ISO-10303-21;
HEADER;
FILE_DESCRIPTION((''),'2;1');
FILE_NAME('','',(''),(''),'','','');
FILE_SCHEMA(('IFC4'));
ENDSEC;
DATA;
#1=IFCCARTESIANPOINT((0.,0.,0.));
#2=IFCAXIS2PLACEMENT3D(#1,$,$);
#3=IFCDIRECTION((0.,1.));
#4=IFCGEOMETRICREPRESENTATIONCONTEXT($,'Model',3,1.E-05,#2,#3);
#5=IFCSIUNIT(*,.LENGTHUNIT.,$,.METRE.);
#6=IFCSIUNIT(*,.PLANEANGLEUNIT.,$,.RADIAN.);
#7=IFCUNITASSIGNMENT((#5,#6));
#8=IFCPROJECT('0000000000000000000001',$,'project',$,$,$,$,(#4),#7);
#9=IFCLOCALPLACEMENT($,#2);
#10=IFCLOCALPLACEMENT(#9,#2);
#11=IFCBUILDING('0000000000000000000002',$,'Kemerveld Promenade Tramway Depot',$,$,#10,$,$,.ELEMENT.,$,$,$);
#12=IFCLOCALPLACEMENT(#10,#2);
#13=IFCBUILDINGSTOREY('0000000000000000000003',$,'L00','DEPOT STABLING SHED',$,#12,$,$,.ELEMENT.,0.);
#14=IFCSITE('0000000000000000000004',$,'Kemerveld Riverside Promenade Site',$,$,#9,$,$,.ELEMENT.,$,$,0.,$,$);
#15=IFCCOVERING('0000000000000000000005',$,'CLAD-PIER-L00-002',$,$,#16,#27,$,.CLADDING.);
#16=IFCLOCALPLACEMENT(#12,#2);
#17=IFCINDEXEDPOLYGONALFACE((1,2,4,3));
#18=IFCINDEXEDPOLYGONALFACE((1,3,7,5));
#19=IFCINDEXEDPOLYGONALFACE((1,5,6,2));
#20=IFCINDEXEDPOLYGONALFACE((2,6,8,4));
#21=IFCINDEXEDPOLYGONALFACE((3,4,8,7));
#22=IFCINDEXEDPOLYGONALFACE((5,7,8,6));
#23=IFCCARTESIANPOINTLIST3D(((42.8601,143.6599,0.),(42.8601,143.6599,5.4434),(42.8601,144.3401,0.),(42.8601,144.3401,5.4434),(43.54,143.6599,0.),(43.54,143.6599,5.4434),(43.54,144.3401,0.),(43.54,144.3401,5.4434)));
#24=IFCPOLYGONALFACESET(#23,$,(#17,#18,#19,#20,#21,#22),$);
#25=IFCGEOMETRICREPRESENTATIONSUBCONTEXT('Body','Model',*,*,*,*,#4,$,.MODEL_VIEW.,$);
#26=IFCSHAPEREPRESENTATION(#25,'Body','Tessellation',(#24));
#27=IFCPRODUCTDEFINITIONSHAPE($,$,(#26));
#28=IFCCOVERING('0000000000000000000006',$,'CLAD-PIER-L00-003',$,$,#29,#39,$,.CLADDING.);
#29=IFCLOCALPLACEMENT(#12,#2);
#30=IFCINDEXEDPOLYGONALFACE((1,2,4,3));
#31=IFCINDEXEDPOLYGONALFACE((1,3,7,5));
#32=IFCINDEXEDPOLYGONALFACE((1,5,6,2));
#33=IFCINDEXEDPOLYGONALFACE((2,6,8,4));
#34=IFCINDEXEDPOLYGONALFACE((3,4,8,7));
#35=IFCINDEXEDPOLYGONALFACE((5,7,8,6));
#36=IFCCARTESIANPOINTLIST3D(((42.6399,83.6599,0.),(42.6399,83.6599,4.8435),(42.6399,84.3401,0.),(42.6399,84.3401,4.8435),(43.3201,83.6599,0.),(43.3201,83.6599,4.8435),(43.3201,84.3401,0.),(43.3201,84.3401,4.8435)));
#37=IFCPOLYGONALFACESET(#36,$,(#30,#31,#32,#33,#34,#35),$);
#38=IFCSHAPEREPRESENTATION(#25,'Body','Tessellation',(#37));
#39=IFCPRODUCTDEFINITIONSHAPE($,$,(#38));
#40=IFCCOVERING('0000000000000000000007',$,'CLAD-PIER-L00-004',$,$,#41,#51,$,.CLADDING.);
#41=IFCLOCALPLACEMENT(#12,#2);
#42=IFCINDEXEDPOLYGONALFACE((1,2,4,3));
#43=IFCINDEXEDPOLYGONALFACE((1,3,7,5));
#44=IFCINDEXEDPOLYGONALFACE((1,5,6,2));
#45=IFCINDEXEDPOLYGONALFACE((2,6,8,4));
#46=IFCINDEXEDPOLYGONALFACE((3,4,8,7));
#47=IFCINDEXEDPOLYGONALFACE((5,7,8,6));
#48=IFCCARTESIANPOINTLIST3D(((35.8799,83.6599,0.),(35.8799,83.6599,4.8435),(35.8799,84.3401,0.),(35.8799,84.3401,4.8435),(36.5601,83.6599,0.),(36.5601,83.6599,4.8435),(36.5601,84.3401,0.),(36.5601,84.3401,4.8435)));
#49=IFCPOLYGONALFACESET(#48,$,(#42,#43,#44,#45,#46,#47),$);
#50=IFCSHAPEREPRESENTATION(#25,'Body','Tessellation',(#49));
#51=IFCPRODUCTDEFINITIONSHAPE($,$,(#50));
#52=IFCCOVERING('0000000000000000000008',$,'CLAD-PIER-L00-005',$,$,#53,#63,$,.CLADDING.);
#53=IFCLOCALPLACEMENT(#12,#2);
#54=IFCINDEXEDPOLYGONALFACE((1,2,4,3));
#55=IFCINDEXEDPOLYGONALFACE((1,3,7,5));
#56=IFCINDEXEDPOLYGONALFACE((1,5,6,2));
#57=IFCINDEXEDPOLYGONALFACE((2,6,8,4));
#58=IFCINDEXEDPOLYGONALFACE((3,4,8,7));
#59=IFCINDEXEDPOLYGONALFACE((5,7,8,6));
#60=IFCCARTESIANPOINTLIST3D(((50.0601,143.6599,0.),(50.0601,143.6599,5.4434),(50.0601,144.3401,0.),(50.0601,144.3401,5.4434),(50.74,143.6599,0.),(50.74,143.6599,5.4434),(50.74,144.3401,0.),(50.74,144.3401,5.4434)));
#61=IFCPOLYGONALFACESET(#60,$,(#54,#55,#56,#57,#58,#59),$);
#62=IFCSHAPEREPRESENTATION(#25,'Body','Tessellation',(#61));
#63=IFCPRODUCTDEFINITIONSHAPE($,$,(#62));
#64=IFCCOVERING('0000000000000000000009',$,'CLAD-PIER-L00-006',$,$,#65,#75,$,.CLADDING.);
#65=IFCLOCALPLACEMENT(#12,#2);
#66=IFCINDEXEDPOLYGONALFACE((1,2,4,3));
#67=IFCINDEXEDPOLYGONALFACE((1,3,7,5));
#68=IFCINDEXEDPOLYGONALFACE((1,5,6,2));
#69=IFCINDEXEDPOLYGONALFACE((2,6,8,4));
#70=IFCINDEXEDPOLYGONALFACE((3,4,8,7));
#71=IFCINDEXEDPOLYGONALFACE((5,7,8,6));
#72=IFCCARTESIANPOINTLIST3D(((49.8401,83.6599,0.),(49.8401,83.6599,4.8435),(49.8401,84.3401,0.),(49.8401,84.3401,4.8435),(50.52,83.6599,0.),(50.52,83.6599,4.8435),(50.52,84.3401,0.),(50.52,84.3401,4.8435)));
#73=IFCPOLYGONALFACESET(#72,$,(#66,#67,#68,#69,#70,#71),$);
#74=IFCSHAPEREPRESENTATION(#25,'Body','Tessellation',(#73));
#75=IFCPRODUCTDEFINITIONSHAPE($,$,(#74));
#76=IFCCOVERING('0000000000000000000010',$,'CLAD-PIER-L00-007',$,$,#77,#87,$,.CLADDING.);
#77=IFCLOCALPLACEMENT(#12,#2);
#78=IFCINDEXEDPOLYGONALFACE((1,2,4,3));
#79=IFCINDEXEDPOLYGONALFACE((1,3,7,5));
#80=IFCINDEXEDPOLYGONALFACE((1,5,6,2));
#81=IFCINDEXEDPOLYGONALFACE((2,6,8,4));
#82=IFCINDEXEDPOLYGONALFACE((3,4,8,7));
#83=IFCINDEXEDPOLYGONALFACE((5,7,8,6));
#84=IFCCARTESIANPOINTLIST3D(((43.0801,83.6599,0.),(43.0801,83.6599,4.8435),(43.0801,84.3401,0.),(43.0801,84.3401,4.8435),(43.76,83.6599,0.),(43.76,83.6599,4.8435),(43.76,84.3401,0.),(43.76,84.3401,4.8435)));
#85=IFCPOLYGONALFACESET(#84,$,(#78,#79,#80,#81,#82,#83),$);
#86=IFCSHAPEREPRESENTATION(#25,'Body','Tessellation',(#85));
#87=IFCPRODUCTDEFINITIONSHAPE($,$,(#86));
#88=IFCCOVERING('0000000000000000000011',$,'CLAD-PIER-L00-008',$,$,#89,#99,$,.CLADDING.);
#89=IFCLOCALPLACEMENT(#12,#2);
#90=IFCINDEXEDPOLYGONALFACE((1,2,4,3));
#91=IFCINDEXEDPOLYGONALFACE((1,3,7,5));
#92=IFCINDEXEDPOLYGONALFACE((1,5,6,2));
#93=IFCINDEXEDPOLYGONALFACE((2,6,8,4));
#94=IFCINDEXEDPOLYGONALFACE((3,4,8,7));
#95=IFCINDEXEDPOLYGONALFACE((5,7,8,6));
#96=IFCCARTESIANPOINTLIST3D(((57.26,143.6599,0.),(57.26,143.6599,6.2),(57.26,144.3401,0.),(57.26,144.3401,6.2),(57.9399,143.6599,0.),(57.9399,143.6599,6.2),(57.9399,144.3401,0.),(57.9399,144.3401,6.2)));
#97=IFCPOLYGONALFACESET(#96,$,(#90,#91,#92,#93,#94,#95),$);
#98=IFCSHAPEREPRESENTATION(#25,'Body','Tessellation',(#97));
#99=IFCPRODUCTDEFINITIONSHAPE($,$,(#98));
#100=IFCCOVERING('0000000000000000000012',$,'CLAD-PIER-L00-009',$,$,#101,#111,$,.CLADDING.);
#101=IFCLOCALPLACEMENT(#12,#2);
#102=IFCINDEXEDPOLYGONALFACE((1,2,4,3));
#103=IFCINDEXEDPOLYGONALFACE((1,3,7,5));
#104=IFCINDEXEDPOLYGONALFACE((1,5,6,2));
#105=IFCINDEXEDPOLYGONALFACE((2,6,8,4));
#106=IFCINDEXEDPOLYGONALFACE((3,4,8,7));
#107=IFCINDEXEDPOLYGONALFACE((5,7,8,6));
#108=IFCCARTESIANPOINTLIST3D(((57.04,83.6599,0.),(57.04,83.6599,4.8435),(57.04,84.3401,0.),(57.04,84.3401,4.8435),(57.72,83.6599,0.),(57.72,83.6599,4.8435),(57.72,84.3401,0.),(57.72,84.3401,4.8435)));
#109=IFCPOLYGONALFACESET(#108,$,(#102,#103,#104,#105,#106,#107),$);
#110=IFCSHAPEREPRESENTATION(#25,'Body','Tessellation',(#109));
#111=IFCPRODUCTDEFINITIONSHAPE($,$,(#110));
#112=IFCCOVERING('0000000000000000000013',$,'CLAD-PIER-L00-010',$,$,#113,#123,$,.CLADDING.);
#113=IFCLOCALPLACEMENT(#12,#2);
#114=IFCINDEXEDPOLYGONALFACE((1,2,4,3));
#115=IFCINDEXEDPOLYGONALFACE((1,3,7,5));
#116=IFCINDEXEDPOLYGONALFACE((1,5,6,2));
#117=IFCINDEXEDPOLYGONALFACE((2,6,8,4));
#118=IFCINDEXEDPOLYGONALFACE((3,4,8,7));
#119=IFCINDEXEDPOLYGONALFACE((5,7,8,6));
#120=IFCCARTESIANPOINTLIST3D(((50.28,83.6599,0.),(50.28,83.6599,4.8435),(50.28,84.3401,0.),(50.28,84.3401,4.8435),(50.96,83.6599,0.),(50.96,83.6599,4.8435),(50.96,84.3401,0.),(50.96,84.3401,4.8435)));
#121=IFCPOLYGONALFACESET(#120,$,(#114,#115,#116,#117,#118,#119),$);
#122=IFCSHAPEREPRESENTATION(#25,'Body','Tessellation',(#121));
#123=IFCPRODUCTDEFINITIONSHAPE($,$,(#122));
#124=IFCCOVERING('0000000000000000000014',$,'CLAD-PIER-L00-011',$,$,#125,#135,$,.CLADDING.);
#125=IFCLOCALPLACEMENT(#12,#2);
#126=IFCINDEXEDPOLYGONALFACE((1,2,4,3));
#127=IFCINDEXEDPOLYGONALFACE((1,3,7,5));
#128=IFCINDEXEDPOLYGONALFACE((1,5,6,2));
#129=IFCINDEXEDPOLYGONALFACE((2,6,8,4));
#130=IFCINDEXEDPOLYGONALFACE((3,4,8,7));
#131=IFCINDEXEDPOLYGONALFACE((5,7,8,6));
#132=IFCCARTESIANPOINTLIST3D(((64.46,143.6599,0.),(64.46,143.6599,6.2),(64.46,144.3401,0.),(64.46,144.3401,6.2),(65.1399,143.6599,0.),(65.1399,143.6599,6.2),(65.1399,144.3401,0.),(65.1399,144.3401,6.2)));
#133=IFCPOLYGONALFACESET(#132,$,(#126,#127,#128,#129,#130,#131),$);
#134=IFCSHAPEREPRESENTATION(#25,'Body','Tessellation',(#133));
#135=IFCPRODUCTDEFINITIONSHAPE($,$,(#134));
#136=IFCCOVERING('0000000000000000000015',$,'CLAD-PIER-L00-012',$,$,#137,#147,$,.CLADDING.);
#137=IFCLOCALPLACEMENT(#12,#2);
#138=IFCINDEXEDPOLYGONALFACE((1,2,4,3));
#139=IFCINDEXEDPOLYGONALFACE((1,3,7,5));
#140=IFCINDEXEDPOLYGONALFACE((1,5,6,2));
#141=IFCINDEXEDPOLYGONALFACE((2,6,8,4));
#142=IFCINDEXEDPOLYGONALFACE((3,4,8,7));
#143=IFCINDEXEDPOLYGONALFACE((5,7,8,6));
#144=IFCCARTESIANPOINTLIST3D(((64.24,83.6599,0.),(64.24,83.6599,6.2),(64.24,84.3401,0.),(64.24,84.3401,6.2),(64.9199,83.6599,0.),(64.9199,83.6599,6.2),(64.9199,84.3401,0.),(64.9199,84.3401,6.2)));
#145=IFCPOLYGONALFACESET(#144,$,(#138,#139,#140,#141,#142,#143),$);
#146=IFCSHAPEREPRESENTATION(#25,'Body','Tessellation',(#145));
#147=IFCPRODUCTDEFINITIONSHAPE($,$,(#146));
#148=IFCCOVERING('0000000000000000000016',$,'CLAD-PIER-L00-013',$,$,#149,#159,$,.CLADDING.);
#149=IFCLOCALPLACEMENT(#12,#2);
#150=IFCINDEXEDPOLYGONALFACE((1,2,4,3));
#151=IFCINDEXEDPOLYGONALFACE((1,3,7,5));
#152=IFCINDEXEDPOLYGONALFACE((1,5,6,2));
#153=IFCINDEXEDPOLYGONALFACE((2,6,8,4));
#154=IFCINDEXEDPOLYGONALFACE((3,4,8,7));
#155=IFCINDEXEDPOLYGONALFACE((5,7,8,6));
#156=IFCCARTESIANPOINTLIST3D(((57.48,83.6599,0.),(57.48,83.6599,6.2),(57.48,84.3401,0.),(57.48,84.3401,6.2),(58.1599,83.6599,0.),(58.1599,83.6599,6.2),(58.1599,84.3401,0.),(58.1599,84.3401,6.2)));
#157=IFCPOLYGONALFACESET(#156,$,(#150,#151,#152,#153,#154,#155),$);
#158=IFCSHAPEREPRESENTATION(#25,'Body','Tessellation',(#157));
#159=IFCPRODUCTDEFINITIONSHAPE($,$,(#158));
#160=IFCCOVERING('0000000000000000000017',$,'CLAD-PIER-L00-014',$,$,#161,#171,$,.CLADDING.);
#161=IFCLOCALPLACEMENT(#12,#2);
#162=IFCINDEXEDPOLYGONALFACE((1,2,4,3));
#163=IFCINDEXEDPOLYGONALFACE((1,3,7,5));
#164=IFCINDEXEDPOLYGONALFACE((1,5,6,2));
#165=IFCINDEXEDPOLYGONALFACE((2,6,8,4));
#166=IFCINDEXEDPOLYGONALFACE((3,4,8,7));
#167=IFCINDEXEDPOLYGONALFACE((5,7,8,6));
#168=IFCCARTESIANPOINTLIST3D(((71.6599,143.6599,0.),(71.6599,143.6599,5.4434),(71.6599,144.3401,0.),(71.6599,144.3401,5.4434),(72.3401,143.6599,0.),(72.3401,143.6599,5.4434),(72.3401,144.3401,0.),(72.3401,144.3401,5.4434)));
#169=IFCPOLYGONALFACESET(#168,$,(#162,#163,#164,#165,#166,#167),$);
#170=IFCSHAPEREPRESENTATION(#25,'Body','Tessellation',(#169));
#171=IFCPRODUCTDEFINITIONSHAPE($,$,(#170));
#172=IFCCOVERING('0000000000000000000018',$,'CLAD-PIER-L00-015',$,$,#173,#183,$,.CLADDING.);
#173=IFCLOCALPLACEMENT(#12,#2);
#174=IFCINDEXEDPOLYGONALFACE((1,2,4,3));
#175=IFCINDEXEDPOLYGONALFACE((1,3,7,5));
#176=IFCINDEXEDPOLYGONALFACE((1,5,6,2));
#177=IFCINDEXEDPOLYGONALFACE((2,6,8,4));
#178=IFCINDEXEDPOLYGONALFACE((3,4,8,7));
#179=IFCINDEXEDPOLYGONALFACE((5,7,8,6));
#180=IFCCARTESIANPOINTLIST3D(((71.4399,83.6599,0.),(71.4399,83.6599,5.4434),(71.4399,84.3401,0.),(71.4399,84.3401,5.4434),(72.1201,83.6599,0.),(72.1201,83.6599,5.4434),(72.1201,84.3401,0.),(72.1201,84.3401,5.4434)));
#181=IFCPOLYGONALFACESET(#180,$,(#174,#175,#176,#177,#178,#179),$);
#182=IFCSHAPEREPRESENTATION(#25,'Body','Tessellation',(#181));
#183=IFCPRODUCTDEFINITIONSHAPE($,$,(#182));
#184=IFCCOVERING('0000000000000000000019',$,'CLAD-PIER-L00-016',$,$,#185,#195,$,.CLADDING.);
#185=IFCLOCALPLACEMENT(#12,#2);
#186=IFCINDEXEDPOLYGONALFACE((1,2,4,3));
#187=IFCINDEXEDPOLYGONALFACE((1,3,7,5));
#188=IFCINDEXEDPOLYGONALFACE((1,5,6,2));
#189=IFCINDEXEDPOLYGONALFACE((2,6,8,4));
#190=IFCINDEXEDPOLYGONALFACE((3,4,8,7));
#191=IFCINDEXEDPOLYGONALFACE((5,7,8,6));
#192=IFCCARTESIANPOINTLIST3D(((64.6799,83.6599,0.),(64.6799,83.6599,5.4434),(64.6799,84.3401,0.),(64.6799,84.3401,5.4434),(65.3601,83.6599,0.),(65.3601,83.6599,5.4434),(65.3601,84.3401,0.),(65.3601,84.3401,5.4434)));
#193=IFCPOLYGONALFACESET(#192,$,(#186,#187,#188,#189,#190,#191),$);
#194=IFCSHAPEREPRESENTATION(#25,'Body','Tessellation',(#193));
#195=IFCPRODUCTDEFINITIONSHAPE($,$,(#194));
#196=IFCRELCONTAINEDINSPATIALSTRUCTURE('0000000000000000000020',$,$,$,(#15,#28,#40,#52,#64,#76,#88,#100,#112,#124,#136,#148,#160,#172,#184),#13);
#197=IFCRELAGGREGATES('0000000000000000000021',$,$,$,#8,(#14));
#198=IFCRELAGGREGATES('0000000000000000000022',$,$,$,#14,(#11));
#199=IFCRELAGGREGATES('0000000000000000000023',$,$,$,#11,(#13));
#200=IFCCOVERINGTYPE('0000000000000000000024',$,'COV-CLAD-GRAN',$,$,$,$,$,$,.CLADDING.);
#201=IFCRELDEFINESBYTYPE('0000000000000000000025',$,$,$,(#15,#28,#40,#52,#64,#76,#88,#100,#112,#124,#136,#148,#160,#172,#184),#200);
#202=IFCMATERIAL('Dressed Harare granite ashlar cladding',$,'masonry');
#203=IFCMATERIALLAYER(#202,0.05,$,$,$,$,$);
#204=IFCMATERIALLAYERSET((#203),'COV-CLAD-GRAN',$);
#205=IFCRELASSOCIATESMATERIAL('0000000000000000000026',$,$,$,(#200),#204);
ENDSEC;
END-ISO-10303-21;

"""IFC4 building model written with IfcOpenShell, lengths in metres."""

from ifc_helpers import new_model, si_unit, direction, origin, place, context, subcontext, project, spatial, polyline, outline, extrude, material, layer, layer_set, type_object, element, save


model = new_model("IFC4")

# Units and contexts
model_context = context("Model", 3, precision=1e-05, world=origin(), true_north=direction((0.0, 1.0)))
body_context = subcontext(model_context, "Body", "Model", "MODEL_VIEW")
ifc_project = project(units=[si_unit("LENGTHUNIT", "METRE"), si_unit("PLANEANGLEUNIT", "RADIAN")], contexts=[model_context])

# Site, building, storey
site_placement = place(None, origin())
site = spatial("IfcSite", under=ifc_project, at=site_placement, Name="Kemerveld Riverside Promenade Site", CompositionType="ELEMENT", RefElevation=0.0)
building_placement = place(site_placement, origin())
building = spatial("IfcBuilding", under=site, at=building_placement, Name="Kemerveld Promenade Tramway Depot", CompositionType="ELEMENT")
storey_placement = place(building_placement, origin())
storey = spatial("IfcBuildingStorey", under=building, at=storey_placement, Name="L00", Description="DEPOT STABLING SHED", CompositionType="ELEMENT", Elevation=0.0)

# Coverings
ifc_material_1 = material(Name="Dressed Harare granite ashlar cladding", Category="masonry")
ifc_layer_1 = layer(ifc_material_1, 0.05)
ifc_layer_set_1 = layer_set([ifc_layer_1], Name="COV-CLAD-GRAN")
covering_type = type_object("IfcCoveringType", Name="COV-CLAD-GRAN", PredefinedType="CLADDING", material=ifc_layer_set_1)
covering_1_placement = place(storey_placement, origin())
element("IfcCovering", 1, at=covering_1_placement, inside=storey, type_object=covering_type, Name="CLAD-PIER-L00-002", PredefinedType="CLADDING", context=body_context, shape_type="SweptSolid", body=[
    extrude(outline(polyline([(42.8601, 143.6599), (43.54, 143.6599), (43.54, 144.3401), (42.8601, 144.3401), (42.8601, 143.6599)])), origin(), (0.0, 0.0, 1.0), 5.4434),
])
covering_2_placement = place(storey_placement, origin())
element("IfcCovering", 2, at=covering_2_placement, inside=storey, type_object=covering_type, Name="CLAD-PIER-L00-003", PredefinedType="CLADDING", context=body_context, shape_type="SweptSolid", body=[
    extrude(outline(polyline([(42.6399, 83.6599), (43.3201, 83.6599), (43.3201, 84.3401), (42.6399, 84.3401), (42.6399, 83.6599)])), origin(), (0.0, 0.0, 1.0), 4.8435),
])
covering_3_placement = place(storey_placement, origin())
element("IfcCovering", 3, at=covering_3_placement, inside=storey, type_object=covering_type, Name="CLAD-PIER-L00-004", PredefinedType="CLADDING", context=body_context, shape_type="SweptSolid", body=[
    extrude(outline(polyline([(35.8799, 83.6599), (36.5601, 83.6599), (36.5601, 84.3401), (35.8799, 84.3401), (35.8799, 83.6599)])), origin(), (0.0, 0.0, 1.0), 4.8435),
])
covering_4_placement = place(storey_placement, origin())
element("IfcCovering", 4, at=covering_4_placement, inside=storey, type_object=covering_type, Name="CLAD-PIER-L00-005", PredefinedType="CLADDING", context=body_context, shape_type="SweptSolid", body=[
    extrude(outline(polyline([(50.0601, 143.6599), (50.74, 143.6599), (50.74, 144.3401), (50.0601, 144.3401), (50.0601, 143.6599)])), origin(), (0.0, 0.0, 1.0), 5.4434),
])
covering_5_placement = place(storey_placement, origin())
element("IfcCovering", 5, at=covering_5_placement, inside=storey, type_object=covering_type, Name="CLAD-PIER-L00-006", PredefinedType="CLADDING", context=body_context, shape_type="SweptSolid", body=[
    extrude(outline(polyline([(49.8401, 83.6599), (50.52, 83.6599), (50.52, 84.3401), (49.8401, 84.3401), (49.8401, 83.6599)])), origin(), (0.0, 0.0, 1.0), 4.8435),
])
covering_6_placement = place(storey_placement, origin())
element("IfcCovering", 6, at=covering_6_placement, inside=storey, type_object=covering_type, Name="CLAD-PIER-L00-007", PredefinedType="CLADDING", context=body_context, shape_type="SweptSolid", body=[
    extrude(outline(polyline([(43.0801, 83.6599), (43.76, 83.6599), (43.76, 84.3401), (43.0801, 84.3401), (43.0801, 83.6599)])), origin(), (0.0, 0.0, 1.0), 4.8435),
])
covering_7_placement = place(storey_placement, origin())
element("IfcCovering", 7, at=covering_7_placement, inside=storey, type_object=covering_type, Name="CLAD-PIER-L00-008", PredefinedType="CLADDING", context=body_context, shape_type="SweptSolid", body=[
    extrude(outline(polyline([(57.26, 143.6599), (57.9399, 143.6599), (57.9399, 144.3401), (57.26, 144.3401), (57.26, 143.6599)])), origin(), (0.0, 0.0, 1.0), 6.2),
])
covering_8_placement = place(storey_placement, origin())
element("IfcCovering", 8, at=covering_8_placement, inside=storey, type_object=covering_type, Name="CLAD-PIER-L00-009", PredefinedType="CLADDING", context=body_context, shape_type="SweptSolid", body=[
    extrude(outline(polyline([(57.04, 83.6599), (57.72, 83.6599), (57.72, 84.3401), (57.04, 84.3401), (57.04, 83.6599)])), origin(), (0.0, 0.0, 1.0), 4.8435),
])
covering_9_placement = place(storey_placement, origin())
element("IfcCovering", 9, at=covering_9_placement, inside=storey, type_object=covering_type, Name="CLAD-PIER-L00-010", PredefinedType="CLADDING", context=body_context, shape_type="SweptSolid", body=[
    extrude(outline(polyline([(50.28, 83.6599), (50.96, 83.6599), (50.96, 84.3401), (50.28, 84.3401), (50.28, 83.6599)])), origin(), (0.0, 0.0, 1.0), 4.8435),
])
covering_10_placement = place(storey_placement, origin())
element("IfcCovering", 10, at=covering_10_placement, inside=storey, type_object=covering_type, Name="CLAD-PIER-L00-011", PredefinedType="CLADDING", context=body_context, shape_type="SweptSolid", body=[
    extrude(outline(polyline([(64.46, 143.6599), (65.1399, 143.6599), (65.1399, 144.3401), (64.46, 144.3401), (64.46, 143.6599)])), origin(), (0.0, 0.0, 1.0), 6.2),
])
covering_11_placement = place(storey_placement, origin())
element("IfcCovering", 11, at=covering_11_placement, inside=storey, type_object=covering_type, Name="CLAD-PIER-L00-012", PredefinedType="CLADDING", context=body_context, shape_type="SweptSolid", body=[
    extrude(outline(polyline([(64.24, 83.6599), (64.9199, 83.6599), (64.9199, 84.3401), (64.24, 84.3401), (64.24, 83.6599)])), origin(), (0.0, 0.0, 1.0), 6.2),
])
covering_12_placement = place(storey_placement, origin())
element("IfcCovering", 12, at=covering_12_placement, inside=storey, type_object=covering_type, Name="CLAD-PIER-L00-013", PredefinedType="CLADDING", context=body_context, shape_type="SweptSolid", body=[
    extrude(outline(polyline([(57.48, 83.6599), (58.1599, 83.6599), (58.1599, 84.3401), (57.48, 84.3401), (57.48, 83.6599)])), origin(), (0.0, 0.0, 1.0), 6.2),
])
covering_13_placement = place(storey_placement, origin())
element("IfcCovering", 13, at=covering_13_placement, inside=storey, type_object=covering_type, Name="CLAD-PIER-L00-014", PredefinedType="CLADDING", context=body_context, shape_type="SweptSolid", body=[
    extrude(outline(polyline([(71.6599, 143.6599), (72.3401, 143.6599), (72.3401, 144.3401), (71.6599, 144.3401), (71.6599, 143.6599)])), origin(), (0.0, 0.0, 1.0), 5.4434),
])
covering_14_placement = place(storey_placement, origin())
element("IfcCovering", 14, at=covering_14_placement, inside=storey, type_object=covering_type, Name="CLAD-PIER-L00-015", PredefinedType="CLADDING", context=body_context, shape_type="SweptSolid", body=[
    extrude(outline(polyline([(71.4399, 83.6599), (72.1201, 83.6599), (72.1201, 84.3401), (71.4399, 84.3401), (71.4399, 83.6599)])), origin(), (0.0, 0.0, 1.0), 5.4434),
])
covering_15_placement = place(storey_placement, origin())
element("IfcCovering", 15, at=covering_15_placement, inside=storey, type_object=covering_type, Name="CLAD-PIER-L00-016", PredefinedType="CLADDING", context=body_context, shape_type="SweptSolid", body=[
    extrude(outline(polyline([(64.6799, 83.6599), (65.3601, 83.6599), (65.3601, 84.3401), (64.6799, 84.3401), (64.6799, 83.6599)])), origin(), (0.0, 0.0, 1.0), 5.4434),
])

save(model, "model.ifc")
